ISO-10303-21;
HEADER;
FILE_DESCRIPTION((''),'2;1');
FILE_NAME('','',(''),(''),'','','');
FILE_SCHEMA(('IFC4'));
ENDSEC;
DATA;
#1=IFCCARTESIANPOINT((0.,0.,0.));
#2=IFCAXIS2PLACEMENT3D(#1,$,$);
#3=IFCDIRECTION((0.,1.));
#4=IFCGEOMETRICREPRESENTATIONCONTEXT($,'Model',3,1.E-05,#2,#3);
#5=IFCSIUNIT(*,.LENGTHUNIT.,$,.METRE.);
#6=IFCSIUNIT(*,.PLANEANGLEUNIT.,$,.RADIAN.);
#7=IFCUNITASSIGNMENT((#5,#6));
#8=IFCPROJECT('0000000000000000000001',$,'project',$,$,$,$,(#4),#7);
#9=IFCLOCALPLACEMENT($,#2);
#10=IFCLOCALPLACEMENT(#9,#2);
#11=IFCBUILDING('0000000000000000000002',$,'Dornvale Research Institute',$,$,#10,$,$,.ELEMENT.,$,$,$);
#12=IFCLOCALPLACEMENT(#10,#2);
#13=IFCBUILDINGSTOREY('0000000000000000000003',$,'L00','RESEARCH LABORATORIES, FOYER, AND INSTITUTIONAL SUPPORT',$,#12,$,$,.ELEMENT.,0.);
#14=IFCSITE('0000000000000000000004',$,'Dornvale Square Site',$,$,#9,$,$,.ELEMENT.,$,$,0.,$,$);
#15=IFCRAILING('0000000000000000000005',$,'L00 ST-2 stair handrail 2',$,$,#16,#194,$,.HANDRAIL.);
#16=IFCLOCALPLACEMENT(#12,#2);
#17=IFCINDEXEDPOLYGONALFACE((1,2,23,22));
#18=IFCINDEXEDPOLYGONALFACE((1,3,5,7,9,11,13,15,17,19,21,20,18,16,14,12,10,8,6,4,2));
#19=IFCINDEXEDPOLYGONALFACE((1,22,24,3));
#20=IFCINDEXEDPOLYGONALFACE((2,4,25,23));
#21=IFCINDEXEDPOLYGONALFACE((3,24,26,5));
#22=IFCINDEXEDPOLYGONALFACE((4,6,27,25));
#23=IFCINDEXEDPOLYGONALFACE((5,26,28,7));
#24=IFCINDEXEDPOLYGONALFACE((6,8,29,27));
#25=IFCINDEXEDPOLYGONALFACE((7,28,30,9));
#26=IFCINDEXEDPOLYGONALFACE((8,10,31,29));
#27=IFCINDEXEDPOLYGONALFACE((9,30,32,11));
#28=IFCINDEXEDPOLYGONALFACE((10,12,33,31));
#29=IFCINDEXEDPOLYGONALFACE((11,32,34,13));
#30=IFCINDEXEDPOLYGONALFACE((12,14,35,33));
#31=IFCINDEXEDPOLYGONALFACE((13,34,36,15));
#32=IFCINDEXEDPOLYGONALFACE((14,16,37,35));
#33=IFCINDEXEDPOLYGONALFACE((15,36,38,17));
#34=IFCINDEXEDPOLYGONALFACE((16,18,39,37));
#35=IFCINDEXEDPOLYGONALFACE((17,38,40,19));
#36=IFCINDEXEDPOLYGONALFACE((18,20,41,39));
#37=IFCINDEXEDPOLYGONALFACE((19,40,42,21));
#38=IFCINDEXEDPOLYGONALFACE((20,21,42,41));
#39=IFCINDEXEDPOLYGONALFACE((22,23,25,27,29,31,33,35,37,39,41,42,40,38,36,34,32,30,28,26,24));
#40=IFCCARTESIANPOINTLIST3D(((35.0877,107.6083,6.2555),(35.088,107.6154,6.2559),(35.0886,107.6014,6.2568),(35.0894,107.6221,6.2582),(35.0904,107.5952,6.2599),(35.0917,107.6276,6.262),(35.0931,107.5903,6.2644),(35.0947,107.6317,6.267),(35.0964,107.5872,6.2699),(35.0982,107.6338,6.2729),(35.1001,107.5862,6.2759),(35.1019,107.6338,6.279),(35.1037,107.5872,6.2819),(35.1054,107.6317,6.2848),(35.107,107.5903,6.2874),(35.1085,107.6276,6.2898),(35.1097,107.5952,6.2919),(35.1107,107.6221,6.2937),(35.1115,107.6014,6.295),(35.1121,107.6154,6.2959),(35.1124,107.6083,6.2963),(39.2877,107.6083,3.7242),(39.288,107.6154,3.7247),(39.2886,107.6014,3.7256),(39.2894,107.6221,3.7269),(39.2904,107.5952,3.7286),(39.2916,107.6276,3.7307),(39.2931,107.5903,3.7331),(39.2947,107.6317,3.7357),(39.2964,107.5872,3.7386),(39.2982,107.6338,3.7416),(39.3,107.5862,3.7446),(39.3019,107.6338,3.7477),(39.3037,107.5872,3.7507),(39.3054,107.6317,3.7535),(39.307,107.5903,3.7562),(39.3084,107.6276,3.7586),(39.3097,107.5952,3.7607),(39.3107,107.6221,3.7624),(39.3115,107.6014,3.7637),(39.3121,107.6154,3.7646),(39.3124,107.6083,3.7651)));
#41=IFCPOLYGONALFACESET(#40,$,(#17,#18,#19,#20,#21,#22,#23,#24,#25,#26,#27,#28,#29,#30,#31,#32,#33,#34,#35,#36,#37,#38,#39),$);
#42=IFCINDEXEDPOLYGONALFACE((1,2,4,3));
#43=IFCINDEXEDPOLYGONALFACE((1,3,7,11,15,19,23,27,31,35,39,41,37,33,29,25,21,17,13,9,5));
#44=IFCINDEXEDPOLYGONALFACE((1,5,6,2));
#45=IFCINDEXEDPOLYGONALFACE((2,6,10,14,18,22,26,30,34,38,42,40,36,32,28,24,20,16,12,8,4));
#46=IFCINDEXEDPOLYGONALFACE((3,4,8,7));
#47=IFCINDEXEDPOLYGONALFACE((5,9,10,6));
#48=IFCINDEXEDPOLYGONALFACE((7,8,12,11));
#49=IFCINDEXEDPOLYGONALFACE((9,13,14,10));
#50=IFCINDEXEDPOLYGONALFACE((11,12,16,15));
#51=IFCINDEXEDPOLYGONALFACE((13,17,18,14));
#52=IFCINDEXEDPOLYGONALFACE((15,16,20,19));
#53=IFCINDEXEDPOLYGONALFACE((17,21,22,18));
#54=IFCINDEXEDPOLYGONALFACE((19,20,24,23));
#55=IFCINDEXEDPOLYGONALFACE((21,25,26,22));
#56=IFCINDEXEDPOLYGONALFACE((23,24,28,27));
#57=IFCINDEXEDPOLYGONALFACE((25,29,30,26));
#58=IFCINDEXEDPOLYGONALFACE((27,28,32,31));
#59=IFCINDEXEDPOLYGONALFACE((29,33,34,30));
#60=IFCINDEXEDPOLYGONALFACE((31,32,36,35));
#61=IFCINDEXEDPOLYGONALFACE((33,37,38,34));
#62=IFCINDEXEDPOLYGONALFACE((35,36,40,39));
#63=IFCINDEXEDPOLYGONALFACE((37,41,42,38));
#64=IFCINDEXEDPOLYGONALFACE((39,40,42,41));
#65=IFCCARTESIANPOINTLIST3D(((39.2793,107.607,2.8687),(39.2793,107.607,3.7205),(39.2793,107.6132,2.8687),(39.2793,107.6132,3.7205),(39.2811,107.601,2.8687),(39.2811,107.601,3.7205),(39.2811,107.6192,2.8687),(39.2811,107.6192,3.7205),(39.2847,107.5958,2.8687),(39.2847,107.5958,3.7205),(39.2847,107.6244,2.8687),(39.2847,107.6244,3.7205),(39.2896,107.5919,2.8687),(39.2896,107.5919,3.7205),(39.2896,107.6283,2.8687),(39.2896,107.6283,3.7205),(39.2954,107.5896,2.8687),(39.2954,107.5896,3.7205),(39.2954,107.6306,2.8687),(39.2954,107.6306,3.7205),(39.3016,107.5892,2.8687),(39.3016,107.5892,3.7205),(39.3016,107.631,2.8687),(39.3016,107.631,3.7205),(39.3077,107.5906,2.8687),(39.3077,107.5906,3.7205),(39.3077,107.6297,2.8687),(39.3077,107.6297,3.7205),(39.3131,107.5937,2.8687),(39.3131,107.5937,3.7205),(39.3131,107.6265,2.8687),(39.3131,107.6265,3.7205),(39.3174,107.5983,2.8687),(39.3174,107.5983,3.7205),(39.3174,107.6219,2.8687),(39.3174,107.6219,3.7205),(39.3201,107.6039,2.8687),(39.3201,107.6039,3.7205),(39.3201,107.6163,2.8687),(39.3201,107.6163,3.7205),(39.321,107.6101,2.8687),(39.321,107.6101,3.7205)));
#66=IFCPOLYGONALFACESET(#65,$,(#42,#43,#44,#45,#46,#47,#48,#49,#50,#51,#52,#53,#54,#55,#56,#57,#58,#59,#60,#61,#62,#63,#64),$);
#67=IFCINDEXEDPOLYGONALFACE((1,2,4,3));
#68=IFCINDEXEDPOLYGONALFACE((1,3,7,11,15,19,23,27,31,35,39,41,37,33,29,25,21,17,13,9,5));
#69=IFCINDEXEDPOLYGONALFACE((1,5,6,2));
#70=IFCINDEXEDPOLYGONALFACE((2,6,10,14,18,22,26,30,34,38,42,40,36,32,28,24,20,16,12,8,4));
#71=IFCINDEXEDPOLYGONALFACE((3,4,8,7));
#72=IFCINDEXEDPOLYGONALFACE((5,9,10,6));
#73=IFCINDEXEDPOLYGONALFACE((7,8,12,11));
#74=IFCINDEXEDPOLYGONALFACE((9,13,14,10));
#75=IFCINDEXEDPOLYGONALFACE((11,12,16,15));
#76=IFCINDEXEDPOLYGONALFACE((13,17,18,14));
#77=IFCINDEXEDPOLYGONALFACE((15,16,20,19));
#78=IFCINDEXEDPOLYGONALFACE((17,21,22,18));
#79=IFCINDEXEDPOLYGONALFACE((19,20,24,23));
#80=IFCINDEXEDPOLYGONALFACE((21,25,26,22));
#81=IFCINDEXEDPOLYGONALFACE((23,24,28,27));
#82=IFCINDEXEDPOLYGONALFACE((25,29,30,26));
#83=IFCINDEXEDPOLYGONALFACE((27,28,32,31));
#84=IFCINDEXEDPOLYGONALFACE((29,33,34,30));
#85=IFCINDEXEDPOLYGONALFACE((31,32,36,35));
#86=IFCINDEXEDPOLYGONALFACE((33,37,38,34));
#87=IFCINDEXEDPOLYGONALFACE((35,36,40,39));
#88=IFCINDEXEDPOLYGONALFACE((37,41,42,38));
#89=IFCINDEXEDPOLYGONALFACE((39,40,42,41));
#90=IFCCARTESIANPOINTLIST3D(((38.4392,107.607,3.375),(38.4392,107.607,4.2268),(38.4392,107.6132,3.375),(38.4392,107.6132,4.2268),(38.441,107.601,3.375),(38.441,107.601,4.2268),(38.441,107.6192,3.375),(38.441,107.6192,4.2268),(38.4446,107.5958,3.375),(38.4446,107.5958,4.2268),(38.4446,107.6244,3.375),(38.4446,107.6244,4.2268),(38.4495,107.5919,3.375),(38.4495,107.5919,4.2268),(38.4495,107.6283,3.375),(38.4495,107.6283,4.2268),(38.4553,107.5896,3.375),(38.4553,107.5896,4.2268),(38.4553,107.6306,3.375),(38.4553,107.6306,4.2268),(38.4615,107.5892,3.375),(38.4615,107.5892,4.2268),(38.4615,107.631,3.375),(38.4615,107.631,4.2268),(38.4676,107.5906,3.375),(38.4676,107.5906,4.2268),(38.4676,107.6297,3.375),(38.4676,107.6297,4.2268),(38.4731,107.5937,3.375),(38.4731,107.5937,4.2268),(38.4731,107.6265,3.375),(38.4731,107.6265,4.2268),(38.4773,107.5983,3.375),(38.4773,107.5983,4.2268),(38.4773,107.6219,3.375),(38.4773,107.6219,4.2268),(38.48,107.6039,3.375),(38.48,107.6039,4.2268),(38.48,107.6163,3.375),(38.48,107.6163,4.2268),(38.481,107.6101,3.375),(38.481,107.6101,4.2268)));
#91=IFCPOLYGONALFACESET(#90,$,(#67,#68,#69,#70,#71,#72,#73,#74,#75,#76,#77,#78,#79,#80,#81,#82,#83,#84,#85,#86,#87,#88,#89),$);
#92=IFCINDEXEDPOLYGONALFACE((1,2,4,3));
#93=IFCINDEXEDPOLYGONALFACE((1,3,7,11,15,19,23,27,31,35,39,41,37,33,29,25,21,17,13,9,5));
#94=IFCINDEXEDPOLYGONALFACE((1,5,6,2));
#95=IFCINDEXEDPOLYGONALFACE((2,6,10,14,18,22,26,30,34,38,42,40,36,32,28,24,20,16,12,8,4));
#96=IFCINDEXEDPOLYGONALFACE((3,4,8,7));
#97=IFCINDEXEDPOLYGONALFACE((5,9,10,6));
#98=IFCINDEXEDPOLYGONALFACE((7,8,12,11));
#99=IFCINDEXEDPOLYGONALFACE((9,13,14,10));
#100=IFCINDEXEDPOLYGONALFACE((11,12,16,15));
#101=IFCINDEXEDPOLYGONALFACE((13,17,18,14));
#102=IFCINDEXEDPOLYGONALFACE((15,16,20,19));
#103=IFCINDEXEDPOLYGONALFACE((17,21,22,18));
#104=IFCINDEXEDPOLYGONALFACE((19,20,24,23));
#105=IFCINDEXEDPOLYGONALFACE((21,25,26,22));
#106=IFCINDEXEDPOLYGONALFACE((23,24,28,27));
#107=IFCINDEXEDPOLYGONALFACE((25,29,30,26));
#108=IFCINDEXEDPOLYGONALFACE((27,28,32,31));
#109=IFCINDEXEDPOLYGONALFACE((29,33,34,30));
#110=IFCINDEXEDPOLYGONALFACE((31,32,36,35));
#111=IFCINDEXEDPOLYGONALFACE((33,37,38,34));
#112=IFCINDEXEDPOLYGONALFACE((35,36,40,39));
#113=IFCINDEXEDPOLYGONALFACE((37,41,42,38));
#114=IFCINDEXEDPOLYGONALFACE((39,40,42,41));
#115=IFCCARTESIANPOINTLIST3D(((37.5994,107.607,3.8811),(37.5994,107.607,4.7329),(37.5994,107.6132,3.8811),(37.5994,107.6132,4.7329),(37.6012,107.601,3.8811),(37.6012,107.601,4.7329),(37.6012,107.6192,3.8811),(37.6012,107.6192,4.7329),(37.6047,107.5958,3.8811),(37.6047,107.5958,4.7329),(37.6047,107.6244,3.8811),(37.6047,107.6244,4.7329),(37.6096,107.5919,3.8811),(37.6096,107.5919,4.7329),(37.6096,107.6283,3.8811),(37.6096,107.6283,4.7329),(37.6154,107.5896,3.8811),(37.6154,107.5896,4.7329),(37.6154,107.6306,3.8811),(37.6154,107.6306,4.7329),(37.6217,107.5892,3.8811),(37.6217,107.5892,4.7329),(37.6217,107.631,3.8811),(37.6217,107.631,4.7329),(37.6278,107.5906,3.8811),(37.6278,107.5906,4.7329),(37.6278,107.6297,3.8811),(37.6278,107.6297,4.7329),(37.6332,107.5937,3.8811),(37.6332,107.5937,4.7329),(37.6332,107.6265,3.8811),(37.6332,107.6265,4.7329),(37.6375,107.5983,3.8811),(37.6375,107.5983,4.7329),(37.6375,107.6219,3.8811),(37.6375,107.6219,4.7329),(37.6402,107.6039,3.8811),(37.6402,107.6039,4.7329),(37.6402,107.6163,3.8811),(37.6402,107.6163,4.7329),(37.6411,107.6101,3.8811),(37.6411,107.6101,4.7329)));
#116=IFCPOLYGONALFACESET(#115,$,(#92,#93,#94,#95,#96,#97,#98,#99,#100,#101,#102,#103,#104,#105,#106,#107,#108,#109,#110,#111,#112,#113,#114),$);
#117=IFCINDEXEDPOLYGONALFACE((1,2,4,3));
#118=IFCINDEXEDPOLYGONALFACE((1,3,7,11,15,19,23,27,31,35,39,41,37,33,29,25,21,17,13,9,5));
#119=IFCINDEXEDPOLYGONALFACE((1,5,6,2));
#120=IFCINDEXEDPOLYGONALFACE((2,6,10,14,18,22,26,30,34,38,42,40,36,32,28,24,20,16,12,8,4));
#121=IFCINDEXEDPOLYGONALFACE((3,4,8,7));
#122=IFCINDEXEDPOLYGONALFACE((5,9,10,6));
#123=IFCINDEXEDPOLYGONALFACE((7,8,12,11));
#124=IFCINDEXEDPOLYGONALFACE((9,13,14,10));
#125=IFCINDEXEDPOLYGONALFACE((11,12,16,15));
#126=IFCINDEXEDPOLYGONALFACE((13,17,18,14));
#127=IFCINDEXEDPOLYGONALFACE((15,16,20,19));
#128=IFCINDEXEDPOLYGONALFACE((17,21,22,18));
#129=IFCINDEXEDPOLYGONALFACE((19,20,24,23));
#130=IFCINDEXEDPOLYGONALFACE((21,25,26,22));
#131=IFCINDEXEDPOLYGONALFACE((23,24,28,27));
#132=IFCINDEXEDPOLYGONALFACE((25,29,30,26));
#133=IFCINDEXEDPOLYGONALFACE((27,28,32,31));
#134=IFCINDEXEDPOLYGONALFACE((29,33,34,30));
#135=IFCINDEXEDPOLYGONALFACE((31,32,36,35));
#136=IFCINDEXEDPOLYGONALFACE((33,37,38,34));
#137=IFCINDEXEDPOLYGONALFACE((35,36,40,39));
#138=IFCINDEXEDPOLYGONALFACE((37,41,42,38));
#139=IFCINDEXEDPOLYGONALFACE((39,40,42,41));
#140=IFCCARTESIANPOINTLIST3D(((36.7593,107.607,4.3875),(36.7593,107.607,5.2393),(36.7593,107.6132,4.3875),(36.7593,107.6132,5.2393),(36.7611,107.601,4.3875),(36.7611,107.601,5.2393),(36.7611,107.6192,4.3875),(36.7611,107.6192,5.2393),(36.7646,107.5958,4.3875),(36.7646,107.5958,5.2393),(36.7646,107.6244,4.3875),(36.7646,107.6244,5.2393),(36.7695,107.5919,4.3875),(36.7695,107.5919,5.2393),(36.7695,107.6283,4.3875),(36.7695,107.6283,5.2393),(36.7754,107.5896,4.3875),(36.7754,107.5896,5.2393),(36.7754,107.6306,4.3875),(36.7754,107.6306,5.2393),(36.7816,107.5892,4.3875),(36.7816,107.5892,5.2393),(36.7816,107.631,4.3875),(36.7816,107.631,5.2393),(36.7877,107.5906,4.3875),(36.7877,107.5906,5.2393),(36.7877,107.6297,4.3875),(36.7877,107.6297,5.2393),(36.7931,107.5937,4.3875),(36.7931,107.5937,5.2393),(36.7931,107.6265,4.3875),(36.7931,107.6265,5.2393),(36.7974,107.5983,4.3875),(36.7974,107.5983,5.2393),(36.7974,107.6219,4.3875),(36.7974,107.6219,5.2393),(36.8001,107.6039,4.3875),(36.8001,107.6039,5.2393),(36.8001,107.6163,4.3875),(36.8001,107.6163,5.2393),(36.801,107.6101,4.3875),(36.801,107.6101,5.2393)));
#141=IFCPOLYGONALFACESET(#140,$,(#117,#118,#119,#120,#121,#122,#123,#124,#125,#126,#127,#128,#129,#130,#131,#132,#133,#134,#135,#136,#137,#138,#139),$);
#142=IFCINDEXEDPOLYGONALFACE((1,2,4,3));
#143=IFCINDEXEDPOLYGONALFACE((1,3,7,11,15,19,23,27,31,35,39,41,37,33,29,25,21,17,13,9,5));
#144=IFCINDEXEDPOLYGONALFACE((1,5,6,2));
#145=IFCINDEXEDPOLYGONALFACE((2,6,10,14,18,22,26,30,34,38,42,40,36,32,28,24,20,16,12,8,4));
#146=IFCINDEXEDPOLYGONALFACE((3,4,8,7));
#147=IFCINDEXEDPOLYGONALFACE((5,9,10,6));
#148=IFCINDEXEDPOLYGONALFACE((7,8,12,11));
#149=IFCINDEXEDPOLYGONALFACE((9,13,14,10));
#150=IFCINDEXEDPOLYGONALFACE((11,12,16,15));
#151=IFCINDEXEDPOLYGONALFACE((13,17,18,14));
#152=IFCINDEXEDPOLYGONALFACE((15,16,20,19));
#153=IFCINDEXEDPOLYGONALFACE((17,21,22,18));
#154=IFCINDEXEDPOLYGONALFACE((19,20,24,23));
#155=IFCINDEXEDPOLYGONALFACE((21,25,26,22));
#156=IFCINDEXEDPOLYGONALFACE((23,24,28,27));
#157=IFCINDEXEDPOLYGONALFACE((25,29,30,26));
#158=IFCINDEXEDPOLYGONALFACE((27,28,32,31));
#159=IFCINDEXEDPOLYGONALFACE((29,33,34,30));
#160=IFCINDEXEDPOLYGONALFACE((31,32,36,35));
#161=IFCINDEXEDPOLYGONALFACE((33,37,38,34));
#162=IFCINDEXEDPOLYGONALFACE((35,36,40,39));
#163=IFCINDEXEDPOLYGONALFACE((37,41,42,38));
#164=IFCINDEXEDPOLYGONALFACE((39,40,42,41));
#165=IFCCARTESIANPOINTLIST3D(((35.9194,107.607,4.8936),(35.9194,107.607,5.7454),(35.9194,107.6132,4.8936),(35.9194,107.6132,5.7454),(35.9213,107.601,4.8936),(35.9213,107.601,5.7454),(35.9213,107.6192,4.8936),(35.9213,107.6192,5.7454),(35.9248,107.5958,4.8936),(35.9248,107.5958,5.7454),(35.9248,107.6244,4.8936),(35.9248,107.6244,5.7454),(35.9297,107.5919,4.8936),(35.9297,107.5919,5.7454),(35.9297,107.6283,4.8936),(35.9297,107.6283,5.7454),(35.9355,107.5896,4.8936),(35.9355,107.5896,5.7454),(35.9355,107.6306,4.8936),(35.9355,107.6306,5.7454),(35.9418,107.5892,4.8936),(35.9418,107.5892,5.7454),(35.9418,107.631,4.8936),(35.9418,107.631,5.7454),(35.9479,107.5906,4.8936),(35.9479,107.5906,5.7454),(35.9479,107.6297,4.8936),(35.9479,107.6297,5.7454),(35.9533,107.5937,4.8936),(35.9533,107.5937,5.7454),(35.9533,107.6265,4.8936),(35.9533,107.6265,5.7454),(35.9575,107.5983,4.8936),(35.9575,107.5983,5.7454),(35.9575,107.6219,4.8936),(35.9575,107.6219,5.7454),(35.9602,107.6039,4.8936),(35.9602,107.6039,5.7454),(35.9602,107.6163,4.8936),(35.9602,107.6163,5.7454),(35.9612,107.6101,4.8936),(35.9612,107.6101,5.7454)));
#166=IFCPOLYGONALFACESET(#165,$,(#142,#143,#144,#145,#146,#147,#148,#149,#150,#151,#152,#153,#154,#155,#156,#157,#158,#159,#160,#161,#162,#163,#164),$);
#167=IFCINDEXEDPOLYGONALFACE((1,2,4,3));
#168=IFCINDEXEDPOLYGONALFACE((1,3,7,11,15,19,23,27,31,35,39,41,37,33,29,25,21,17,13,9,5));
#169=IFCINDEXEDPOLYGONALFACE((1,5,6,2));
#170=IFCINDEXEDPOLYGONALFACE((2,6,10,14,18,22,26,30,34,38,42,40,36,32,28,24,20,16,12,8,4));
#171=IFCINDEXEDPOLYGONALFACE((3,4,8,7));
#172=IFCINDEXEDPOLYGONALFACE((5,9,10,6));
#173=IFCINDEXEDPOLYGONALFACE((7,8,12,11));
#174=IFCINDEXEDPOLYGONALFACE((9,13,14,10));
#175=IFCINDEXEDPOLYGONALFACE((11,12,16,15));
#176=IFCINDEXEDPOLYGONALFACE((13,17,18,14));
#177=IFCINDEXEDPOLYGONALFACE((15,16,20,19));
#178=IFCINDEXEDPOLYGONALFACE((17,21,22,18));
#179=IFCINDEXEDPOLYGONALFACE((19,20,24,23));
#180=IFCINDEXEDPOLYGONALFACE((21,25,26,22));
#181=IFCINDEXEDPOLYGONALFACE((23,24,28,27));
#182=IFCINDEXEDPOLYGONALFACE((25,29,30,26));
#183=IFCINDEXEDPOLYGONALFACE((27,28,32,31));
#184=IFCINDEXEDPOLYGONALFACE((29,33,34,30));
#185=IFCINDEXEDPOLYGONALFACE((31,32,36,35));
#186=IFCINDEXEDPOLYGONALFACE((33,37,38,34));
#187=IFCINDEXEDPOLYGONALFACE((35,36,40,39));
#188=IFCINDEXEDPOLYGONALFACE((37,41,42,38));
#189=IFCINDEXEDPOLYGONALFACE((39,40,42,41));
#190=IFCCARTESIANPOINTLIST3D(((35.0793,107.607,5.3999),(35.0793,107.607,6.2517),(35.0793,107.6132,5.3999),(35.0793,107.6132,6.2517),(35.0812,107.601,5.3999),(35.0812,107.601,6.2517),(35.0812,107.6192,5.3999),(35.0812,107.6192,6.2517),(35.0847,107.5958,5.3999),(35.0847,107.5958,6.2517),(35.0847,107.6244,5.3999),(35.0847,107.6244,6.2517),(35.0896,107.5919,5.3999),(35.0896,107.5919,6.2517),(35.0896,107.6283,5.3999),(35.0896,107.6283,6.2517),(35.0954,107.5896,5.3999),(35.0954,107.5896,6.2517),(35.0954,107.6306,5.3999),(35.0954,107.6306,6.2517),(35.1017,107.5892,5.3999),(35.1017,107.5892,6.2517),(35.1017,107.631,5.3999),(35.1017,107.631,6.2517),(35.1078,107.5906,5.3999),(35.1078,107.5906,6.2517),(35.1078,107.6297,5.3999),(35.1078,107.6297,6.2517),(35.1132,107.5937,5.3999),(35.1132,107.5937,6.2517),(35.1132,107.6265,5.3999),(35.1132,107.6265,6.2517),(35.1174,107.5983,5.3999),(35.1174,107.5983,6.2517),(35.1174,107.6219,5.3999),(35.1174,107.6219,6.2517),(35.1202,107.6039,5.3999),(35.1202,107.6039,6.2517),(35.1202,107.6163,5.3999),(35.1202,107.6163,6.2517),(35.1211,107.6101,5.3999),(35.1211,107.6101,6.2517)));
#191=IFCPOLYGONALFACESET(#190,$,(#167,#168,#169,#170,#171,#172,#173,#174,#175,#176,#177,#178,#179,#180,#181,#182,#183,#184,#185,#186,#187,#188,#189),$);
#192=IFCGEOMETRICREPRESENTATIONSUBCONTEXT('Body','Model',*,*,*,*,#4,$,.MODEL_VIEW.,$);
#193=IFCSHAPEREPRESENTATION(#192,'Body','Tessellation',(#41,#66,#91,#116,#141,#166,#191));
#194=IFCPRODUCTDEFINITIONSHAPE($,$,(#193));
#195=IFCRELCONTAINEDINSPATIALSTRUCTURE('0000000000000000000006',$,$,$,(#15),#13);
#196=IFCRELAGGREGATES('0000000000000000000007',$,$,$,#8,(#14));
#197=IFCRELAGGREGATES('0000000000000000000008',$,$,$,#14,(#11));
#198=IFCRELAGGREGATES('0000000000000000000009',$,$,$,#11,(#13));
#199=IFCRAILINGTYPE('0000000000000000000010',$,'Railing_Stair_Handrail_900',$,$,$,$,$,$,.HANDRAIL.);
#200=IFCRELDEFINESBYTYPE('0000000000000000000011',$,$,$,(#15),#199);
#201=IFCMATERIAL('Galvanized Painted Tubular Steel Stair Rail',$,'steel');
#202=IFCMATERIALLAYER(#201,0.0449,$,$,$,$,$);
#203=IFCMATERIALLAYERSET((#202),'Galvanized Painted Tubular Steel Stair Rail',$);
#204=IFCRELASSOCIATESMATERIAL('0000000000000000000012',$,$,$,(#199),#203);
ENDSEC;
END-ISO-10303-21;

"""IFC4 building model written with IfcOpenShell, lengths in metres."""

from ifc_helpers import new_model, si_unit, direction, frame, origin, origin_2d, place, context, subcontext, project, spatial, circle, extrude, material, layer, layer_set, type_object, element, save


model = new_model("IFC4")

# Units and contexts
model_context = context("Model", 3, precision=1e-05, world=origin(), true_north=direction((0.0, 1.0)))
body_context = subcontext(model_context, "Body", "Model", "MODEL_VIEW")
ifc_project = project(units=[si_unit("LENGTHUNIT", "METRE"), si_unit("PLANEANGLEUNIT", "RADIAN")], contexts=[model_context])

# Site, building, storey
site_placement = place(None, origin())
site = spatial("IfcSite", under=ifc_project, at=site_placement, Name="Dornvale Square Site", CompositionType="ELEMENT", RefElevation=0.0)
building_placement = place(site_placement, origin())
building = spatial("IfcBuilding", under=site, at=building_placement, Name="Dornvale Research Institute", CompositionType="ELEMENT")
storey_placement = place(building_placement, origin())
storey = spatial("IfcBuildingStorey", under=building, at=storey_placement, Name="L00", Description="RESEARCH LABORATORIES, FOYER, AND INSTITUTIONAL SUPPORT", CompositionType="ELEMENT", Elevation=0.0)

# Railing
ifc_material_1 = material(Name="Galvanized Painted Tubular Steel Stair Rail", Category="steel")
ifc_layer_1 = layer(ifc_material_1, 0.0449)
ifc_layer_set_1 = layer_set([ifc_layer_1], Name="Galvanized Painted Tubular Steel Stair Rail")
railing_type_1 = type_object("IfcRailingType", Name="Railing_Stair_Handrail_900", PredefinedType="HANDRAIL", material=ifc_layer_set_1)
railing_1_placement = place(storey_placement, frame((39.3, 107.6101, 2.8687)))
element("IfcRailing", 1, at=railing_1_placement, inside=storey, type_object=railing_type_1, Name="L00 ST-2 stair handrail 2", PredefinedType="HANDRAIL", context=body_context, shape_type="SweptSolid", body=[
    extrude(circle(Radius=0.0239, at=origin_2d()), frame((0.0, 0.0, 0.876), z_axis=(-0.856476, 0.0, 0.516186), x_axis=(0.0, -1.0, 0.0)), (0.0, 0.0, 1.0), 4.9038),
    extrude(circle(Radius=0.021, at=origin_2d()), origin(), (0.0, 0.0, 1.0), 0.8518),
    extrude(circle(Radius=0.021, at=origin_2d()), frame((-0.8401, 0.0, 0.5063)), (0.0, 0.0, 1.0), 0.8518),
    extrude(circle(Radius=0.021, at=origin_2d()), frame((-1.6799, 0.0, 1.0125)), (0.0, 0.0, 1.0), 0.8518),
    extrude(circle(Radius=0.021, at=origin_2d()), frame((-2.52, 0.0, 1.5188)), (0.0, 0.0, 1.0), 0.8518),
    extrude(circle(Radius=0.021, at=origin_2d()), frame((-3.3599, 0.0, 2.0249)), (0.0, 0.0, 1.0), 0.8518),
    extrude(circle(Radius=0.021, at=origin_2d()), frame((-4.2, 0.0, 2.5312)), (0.0, 0.0, 1.0), 0.8518),
])

save(model, "model.ifc")
